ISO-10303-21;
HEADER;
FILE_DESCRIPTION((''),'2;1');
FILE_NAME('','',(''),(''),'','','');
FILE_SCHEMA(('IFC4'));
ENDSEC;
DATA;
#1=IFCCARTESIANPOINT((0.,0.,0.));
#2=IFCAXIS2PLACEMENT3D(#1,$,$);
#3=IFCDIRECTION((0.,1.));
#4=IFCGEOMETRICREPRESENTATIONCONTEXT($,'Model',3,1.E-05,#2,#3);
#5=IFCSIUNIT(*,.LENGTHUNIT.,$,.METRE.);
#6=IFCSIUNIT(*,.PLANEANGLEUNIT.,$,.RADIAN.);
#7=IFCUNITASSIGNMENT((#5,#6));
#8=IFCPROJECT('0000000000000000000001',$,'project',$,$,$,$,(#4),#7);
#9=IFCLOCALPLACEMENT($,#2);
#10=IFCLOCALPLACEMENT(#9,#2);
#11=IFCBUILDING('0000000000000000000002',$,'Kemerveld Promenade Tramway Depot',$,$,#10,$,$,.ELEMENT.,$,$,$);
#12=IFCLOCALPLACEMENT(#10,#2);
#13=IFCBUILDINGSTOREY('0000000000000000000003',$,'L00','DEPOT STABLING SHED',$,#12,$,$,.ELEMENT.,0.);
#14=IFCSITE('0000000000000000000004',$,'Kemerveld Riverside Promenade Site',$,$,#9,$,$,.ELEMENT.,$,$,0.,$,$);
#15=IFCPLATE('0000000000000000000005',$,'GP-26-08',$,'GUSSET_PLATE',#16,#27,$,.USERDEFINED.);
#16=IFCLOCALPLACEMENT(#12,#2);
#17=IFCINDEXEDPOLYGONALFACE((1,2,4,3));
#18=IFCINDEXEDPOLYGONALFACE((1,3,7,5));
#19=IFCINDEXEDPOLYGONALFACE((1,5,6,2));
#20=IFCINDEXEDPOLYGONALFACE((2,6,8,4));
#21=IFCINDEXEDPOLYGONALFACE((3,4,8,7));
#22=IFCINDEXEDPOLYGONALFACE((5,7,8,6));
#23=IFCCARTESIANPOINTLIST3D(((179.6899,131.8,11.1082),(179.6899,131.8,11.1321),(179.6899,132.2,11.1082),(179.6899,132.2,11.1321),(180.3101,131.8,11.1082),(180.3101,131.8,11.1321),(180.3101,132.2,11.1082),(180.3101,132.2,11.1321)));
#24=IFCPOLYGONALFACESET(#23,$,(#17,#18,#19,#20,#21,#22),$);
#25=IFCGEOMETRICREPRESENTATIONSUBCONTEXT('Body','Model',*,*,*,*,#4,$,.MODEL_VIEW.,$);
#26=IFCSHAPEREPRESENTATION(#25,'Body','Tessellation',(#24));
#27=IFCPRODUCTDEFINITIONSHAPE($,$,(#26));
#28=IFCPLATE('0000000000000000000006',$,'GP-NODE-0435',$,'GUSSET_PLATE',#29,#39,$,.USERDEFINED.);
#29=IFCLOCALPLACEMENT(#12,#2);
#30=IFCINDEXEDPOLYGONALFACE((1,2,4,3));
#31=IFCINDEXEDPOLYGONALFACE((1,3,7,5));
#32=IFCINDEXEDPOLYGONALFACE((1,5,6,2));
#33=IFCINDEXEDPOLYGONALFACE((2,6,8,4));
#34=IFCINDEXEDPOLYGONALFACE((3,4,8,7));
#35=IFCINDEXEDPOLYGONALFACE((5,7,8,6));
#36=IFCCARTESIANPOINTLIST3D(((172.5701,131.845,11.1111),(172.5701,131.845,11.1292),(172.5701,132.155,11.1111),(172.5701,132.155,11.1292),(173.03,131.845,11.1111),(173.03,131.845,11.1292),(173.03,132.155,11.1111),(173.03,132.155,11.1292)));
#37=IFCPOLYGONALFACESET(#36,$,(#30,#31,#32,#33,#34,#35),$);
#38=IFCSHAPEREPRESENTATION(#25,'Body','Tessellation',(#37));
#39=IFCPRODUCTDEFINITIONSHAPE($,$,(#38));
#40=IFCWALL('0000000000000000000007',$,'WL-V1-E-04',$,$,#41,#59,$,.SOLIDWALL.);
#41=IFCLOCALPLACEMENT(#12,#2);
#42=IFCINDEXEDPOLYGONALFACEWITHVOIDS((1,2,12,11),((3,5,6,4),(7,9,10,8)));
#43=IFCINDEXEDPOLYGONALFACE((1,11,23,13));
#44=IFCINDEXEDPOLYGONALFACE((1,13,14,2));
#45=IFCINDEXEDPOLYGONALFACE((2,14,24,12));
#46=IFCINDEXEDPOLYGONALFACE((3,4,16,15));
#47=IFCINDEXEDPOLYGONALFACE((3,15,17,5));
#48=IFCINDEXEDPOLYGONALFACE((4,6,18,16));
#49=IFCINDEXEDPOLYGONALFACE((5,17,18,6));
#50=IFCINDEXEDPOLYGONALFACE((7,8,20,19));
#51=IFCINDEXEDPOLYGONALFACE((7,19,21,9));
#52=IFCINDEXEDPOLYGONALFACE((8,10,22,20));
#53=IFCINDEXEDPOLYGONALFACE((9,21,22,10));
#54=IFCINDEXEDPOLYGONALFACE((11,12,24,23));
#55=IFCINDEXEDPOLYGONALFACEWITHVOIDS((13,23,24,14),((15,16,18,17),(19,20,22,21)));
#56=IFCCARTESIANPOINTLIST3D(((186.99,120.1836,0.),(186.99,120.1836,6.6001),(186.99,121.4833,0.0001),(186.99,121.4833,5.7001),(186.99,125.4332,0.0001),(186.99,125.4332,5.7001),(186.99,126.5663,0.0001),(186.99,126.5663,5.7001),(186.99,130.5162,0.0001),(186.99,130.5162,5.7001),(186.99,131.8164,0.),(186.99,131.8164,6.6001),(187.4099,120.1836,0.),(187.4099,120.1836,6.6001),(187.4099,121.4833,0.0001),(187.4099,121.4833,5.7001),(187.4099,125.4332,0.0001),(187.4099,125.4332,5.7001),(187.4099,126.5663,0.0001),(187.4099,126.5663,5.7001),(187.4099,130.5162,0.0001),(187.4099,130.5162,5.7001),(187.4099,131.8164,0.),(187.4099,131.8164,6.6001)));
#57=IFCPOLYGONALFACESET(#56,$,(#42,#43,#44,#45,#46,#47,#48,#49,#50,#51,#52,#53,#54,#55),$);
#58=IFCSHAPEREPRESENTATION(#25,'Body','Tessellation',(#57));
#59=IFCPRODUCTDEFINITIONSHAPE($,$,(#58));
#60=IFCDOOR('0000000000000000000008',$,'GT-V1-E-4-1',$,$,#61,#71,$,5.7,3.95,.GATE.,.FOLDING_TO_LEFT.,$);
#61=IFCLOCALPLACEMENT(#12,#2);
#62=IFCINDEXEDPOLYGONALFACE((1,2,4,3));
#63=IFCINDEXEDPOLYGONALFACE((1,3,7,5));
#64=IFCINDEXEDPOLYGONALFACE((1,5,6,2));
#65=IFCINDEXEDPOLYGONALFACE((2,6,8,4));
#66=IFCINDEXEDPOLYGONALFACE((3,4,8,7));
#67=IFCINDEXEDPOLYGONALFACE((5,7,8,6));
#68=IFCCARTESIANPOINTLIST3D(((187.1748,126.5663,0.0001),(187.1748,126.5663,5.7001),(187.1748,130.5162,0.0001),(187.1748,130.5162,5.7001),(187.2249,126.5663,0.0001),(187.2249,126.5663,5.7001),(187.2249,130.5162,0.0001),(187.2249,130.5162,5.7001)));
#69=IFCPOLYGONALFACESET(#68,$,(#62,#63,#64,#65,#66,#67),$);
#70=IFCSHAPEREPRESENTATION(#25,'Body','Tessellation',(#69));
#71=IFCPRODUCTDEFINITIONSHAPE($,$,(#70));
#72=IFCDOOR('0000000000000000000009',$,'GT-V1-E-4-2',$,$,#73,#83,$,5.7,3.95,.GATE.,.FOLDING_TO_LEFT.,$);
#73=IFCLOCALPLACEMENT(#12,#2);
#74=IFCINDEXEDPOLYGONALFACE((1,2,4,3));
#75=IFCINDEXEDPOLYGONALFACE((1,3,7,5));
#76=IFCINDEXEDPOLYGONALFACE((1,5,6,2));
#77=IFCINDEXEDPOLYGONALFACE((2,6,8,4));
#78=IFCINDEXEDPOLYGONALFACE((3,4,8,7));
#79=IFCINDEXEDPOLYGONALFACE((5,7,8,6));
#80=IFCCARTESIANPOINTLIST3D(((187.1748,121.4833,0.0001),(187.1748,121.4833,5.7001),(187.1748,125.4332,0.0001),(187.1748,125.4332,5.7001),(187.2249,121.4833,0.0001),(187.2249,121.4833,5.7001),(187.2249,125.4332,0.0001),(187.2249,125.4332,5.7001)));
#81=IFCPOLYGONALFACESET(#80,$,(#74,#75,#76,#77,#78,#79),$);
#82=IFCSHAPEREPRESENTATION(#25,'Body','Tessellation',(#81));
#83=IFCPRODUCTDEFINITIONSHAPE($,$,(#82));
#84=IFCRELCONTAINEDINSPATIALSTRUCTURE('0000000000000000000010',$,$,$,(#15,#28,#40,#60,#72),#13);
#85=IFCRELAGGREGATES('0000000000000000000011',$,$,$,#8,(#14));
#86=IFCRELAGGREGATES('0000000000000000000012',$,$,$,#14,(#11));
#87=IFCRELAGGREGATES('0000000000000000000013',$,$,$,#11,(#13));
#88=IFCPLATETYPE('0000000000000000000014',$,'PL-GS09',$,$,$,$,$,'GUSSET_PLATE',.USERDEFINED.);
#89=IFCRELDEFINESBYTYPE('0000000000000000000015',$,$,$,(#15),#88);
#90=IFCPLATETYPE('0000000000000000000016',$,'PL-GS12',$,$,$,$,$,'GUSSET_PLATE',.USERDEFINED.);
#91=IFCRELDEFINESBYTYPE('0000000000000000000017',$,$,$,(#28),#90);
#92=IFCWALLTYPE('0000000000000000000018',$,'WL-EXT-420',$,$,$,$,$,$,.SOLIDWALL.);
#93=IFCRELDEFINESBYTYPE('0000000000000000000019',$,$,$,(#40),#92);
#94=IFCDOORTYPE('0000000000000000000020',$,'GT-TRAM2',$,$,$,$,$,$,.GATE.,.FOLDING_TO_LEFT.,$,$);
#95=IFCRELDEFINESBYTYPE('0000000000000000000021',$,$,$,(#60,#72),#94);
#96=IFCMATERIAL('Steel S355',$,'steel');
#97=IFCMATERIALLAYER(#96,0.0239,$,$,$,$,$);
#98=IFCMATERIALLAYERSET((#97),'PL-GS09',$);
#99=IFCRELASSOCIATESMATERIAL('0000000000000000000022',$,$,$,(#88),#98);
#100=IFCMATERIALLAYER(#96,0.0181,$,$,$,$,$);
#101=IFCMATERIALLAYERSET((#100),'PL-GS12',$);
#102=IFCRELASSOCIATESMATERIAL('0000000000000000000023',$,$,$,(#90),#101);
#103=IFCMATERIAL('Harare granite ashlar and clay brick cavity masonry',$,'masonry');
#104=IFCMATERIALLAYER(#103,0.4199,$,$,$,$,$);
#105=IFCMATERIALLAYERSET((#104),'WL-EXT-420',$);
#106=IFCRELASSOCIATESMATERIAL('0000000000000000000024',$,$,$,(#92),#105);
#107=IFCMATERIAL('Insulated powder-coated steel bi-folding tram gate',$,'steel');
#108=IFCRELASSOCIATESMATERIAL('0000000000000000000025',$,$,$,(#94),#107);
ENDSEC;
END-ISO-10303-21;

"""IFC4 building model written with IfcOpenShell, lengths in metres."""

from ifc_helpers import new_model, si_unit, direction, frame, frame_2d, origin, origin_2d, place, context, subcontext, project, spatial, rectangle, extrude, material, layer, layer_set, type_object, element, fill, save


model = new_model("IFC4")

# Units and contexts
model_context = context("Model", 3, precision=1e-05, world=origin(), true_north=direction((0.0, 1.0)))
body_context = subcontext(model_context, "Body", "Model", "MODEL_VIEW")
ifc_project = project(units=[si_unit("LENGTHUNIT", "METRE"), si_unit("PLANEANGLEUNIT", "RADIAN")], contexts=[model_context])

# Site, building, storey
site_placement = place(None, origin())
site = spatial("IfcSite", under=ifc_project, at=site_placement, Name="Kemerveld Riverside Promenade Site", CompositionType="ELEMENT", RefElevation=0.0)
building_placement = place(site_placement, origin())
building = spatial("IfcBuilding", under=site, at=building_placement, Name="Kemerveld Promenade Tramway Depot", CompositionType="ELEMENT")
storey_placement = place(building_placement, origin())
storey = spatial("IfcBuildingStorey", under=building, at=storey_placement, Name="L00", Description="DEPOT STABLING SHED", CompositionType="ELEMENT", Elevation=0.0)

# Shared definitions
ifc_material_1 = material(Name="Steel S355", Category="steel")

# Plates
ifc_layer_1 = layer(ifc_material_1, 0.0239)
ifc_layer_set_1 = layer_set([ifc_layer_1], Name="PL-GS09")
plate_type_1 = type_object("IfcPlateType", Name="PL-GS09", ElementType="GUSSET_PLATE", PredefinedType="USERDEFINED", material=ifc_layer_set_1)
plate_1_placement = place(storey_placement, frame((180.0, 132.0, 11.1082), z_axis=(0.0, 0.0, 1.0), x_axis=(1.0, 0.0, 0.0)))
element("IfcPlate", 1, at=plate_1_placement, inside=storey, type_object=plate_type_1, Name="GP-26-08", ObjectType="GUSSET_PLATE", PredefinedType="USERDEFINED", context=body_context, shape_type="SweptSolid", body=[
    extrude(rectangle(XDim=0.6201, YDim=0.3999, at=origin_2d()), origin(), (0.0, 0.0, 1.0), 0.0239),
])
ifc_layer_2 = layer(ifc_material_1, 0.0181)
ifc_layer_set_2 = layer_set([ifc_layer_2], Name="PL-GS12")
plate_type_2 = type_object("IfcPlateType", Name="PL-GS12", ElementType="GUSSET_PLATE", PredefinedType="USERDEFINED", material=ifc_layer_set_2)
plate_2_placement = place(storey_placement, frame((172.8, 132.0, 11.1111), z_axis=(0.0, 0.0, 1.0), x_axis=(1.0, 0.0, 0.0)))
element("IfcPlate", 2, at=plate_2_placement, inside=storey, type_object=plate_type_2, Name="GP-NODE-0435", ObjectType="GUSSET_PLATE", PredefinedType="USERDEFINED", context=body_context, shape_type="SweptSolid", body=[
    extrude(rectangle(XDim=0.46, YDim=0.3101, at=origin_2d()), origin(), (0.0, 0.0, 1.0), 0.0181),
])

# Wall, openings, doors
ifc_material_2 = material(Name="Harare granite ashlar and clay brick cavity masonry", Category="masonry")
ifc_layer_3 = layer(ifc_material_2, 0.4199)
ifc_layer_set_3 = layer_set([ifc_layer_3], Name="WL-EXT-420")
wall_type = type_object("IfcWallType", Name="WL-EXT-420", PredefinedType="SOLIDWALL", material=ifc_layer_set_3)
wall_placement = place(storey_placement, frame((187.2, 131.8164, 0.0), z_axis=(0.0, 0.0, 1.0), x_axis=(0.0, -1.0, 0.0)))
wall = element("IfcWall", 3, at=wall_placement, inside=storey, type_object=wall_type, Name="WL-V1-E-04", PredefinedType="SOLIDWALL", context=body_context, shape_type="SweptSolid", body=[
    extrude(rectangle(XDim=11.6328, YDim=0.4199, at=frame_2d((5.8164, 0.0))), origin(), (0.0, 0.0, 1.0), 6.6001),
])
opening_1_placement = place(wall_placement, frame((1.3, 0.0, 0.0)))
opening_1 = element("IfcOpeningElement", 4, at=opening_1_placement, cuts=wall, PredefinedType="OPENING", context=body_context, shape_type="SweptSolid", body=[
    extrude(rectangle(XDim=3.95, YDim=5.7, at=frame_2d((1.9751, 2.8501))), frame((0.0, 0.22, 0.0), z_axis=(0.0, -1.0, 0.0), x_axis=(1.0, 0.0, 0.0)), (0.0, 0.0, 1.0), 0.4399),
])
opening_2_placement = place(wall_placement, frame((6.3831, 0.0, 0.0)))
opening_2 = element("IfcOpeningElement", 5, at=opening_2_placement, cuts=wall, PredefinedType="OPENING", context=body_context, shape_type="SweptSolid", body=[
    extrude(rectangle(XDim=3.95, YDim=5.7, at=frame_2d((1.9751, 2.8501))), frame((0.0, 0.22, 0.0), z_axis=(0.0, -1.0, 0.0), x_axis=(1.0, 0.0, 0.0)), (0.0, 0.0, 1.0), 0.4399),
])
ifc_material_3 = material(Name="Insulated powder-coated steel bi-folding tram gate", Category="steel")
door_type = type_object("IfcDoorType", Name="GT-TRAM2", OperationType="FOLDING_TO_LEFT", PredefinedType="GATE", material=ifc_material_3)
door_1_placement = place(opening_1_placement, origin())
door_1 = element("IfcDoor", 6, at=door_1_placement, inside=storey, type_object=door_type, Name="GT-V1-E-4-1", OperationType="FOLDING_TO_LEFT", OverallHeight=5.7, OverallWidth=3.95, PredefinedType="GATE", context=body_context, shape_type="SweptSolid", body=[
    extrude(rectangle(XDim=3.95, YDim=5.7, at=frame_2d((1.9751, 2.8501))), frame((0.0, 0.0249, 0.0), z_axis=(0.0, -1.0, 0.0), x_axis=(1.0, 0.0, 0.0)), (0.0, 0.0, 1.0), 0.05),
])
fill(opening_1, door_1)
door_2_placement = place(opening_2_placement, origin())
door_2 = element("IfcDoor", 7, at=door_2_placement, inside=storey, type_object=door_type, Name="GT-V1-E-4-2", OperationType="FOLDING_TO_LEFT", OverallHeight=5.7, OverallWidth=3.95, PredefinedType="GATE", context=body_context, shape_type="SweptSolid", body=[
    extrude(rectangle(XDim=3.95, YDim=5.7, at=frame_2d((1.9751, 2.8501))), frame((0.0, 0.0249, 0.0), z_axis=(0.0, -1.0, 0.0), x_axis=(1.0, 0.0, 0.0)), (0.0, 0.0, 1.0), 0.05),
])
fill(opening_2, door_2)

save(model, "model.ifc")
